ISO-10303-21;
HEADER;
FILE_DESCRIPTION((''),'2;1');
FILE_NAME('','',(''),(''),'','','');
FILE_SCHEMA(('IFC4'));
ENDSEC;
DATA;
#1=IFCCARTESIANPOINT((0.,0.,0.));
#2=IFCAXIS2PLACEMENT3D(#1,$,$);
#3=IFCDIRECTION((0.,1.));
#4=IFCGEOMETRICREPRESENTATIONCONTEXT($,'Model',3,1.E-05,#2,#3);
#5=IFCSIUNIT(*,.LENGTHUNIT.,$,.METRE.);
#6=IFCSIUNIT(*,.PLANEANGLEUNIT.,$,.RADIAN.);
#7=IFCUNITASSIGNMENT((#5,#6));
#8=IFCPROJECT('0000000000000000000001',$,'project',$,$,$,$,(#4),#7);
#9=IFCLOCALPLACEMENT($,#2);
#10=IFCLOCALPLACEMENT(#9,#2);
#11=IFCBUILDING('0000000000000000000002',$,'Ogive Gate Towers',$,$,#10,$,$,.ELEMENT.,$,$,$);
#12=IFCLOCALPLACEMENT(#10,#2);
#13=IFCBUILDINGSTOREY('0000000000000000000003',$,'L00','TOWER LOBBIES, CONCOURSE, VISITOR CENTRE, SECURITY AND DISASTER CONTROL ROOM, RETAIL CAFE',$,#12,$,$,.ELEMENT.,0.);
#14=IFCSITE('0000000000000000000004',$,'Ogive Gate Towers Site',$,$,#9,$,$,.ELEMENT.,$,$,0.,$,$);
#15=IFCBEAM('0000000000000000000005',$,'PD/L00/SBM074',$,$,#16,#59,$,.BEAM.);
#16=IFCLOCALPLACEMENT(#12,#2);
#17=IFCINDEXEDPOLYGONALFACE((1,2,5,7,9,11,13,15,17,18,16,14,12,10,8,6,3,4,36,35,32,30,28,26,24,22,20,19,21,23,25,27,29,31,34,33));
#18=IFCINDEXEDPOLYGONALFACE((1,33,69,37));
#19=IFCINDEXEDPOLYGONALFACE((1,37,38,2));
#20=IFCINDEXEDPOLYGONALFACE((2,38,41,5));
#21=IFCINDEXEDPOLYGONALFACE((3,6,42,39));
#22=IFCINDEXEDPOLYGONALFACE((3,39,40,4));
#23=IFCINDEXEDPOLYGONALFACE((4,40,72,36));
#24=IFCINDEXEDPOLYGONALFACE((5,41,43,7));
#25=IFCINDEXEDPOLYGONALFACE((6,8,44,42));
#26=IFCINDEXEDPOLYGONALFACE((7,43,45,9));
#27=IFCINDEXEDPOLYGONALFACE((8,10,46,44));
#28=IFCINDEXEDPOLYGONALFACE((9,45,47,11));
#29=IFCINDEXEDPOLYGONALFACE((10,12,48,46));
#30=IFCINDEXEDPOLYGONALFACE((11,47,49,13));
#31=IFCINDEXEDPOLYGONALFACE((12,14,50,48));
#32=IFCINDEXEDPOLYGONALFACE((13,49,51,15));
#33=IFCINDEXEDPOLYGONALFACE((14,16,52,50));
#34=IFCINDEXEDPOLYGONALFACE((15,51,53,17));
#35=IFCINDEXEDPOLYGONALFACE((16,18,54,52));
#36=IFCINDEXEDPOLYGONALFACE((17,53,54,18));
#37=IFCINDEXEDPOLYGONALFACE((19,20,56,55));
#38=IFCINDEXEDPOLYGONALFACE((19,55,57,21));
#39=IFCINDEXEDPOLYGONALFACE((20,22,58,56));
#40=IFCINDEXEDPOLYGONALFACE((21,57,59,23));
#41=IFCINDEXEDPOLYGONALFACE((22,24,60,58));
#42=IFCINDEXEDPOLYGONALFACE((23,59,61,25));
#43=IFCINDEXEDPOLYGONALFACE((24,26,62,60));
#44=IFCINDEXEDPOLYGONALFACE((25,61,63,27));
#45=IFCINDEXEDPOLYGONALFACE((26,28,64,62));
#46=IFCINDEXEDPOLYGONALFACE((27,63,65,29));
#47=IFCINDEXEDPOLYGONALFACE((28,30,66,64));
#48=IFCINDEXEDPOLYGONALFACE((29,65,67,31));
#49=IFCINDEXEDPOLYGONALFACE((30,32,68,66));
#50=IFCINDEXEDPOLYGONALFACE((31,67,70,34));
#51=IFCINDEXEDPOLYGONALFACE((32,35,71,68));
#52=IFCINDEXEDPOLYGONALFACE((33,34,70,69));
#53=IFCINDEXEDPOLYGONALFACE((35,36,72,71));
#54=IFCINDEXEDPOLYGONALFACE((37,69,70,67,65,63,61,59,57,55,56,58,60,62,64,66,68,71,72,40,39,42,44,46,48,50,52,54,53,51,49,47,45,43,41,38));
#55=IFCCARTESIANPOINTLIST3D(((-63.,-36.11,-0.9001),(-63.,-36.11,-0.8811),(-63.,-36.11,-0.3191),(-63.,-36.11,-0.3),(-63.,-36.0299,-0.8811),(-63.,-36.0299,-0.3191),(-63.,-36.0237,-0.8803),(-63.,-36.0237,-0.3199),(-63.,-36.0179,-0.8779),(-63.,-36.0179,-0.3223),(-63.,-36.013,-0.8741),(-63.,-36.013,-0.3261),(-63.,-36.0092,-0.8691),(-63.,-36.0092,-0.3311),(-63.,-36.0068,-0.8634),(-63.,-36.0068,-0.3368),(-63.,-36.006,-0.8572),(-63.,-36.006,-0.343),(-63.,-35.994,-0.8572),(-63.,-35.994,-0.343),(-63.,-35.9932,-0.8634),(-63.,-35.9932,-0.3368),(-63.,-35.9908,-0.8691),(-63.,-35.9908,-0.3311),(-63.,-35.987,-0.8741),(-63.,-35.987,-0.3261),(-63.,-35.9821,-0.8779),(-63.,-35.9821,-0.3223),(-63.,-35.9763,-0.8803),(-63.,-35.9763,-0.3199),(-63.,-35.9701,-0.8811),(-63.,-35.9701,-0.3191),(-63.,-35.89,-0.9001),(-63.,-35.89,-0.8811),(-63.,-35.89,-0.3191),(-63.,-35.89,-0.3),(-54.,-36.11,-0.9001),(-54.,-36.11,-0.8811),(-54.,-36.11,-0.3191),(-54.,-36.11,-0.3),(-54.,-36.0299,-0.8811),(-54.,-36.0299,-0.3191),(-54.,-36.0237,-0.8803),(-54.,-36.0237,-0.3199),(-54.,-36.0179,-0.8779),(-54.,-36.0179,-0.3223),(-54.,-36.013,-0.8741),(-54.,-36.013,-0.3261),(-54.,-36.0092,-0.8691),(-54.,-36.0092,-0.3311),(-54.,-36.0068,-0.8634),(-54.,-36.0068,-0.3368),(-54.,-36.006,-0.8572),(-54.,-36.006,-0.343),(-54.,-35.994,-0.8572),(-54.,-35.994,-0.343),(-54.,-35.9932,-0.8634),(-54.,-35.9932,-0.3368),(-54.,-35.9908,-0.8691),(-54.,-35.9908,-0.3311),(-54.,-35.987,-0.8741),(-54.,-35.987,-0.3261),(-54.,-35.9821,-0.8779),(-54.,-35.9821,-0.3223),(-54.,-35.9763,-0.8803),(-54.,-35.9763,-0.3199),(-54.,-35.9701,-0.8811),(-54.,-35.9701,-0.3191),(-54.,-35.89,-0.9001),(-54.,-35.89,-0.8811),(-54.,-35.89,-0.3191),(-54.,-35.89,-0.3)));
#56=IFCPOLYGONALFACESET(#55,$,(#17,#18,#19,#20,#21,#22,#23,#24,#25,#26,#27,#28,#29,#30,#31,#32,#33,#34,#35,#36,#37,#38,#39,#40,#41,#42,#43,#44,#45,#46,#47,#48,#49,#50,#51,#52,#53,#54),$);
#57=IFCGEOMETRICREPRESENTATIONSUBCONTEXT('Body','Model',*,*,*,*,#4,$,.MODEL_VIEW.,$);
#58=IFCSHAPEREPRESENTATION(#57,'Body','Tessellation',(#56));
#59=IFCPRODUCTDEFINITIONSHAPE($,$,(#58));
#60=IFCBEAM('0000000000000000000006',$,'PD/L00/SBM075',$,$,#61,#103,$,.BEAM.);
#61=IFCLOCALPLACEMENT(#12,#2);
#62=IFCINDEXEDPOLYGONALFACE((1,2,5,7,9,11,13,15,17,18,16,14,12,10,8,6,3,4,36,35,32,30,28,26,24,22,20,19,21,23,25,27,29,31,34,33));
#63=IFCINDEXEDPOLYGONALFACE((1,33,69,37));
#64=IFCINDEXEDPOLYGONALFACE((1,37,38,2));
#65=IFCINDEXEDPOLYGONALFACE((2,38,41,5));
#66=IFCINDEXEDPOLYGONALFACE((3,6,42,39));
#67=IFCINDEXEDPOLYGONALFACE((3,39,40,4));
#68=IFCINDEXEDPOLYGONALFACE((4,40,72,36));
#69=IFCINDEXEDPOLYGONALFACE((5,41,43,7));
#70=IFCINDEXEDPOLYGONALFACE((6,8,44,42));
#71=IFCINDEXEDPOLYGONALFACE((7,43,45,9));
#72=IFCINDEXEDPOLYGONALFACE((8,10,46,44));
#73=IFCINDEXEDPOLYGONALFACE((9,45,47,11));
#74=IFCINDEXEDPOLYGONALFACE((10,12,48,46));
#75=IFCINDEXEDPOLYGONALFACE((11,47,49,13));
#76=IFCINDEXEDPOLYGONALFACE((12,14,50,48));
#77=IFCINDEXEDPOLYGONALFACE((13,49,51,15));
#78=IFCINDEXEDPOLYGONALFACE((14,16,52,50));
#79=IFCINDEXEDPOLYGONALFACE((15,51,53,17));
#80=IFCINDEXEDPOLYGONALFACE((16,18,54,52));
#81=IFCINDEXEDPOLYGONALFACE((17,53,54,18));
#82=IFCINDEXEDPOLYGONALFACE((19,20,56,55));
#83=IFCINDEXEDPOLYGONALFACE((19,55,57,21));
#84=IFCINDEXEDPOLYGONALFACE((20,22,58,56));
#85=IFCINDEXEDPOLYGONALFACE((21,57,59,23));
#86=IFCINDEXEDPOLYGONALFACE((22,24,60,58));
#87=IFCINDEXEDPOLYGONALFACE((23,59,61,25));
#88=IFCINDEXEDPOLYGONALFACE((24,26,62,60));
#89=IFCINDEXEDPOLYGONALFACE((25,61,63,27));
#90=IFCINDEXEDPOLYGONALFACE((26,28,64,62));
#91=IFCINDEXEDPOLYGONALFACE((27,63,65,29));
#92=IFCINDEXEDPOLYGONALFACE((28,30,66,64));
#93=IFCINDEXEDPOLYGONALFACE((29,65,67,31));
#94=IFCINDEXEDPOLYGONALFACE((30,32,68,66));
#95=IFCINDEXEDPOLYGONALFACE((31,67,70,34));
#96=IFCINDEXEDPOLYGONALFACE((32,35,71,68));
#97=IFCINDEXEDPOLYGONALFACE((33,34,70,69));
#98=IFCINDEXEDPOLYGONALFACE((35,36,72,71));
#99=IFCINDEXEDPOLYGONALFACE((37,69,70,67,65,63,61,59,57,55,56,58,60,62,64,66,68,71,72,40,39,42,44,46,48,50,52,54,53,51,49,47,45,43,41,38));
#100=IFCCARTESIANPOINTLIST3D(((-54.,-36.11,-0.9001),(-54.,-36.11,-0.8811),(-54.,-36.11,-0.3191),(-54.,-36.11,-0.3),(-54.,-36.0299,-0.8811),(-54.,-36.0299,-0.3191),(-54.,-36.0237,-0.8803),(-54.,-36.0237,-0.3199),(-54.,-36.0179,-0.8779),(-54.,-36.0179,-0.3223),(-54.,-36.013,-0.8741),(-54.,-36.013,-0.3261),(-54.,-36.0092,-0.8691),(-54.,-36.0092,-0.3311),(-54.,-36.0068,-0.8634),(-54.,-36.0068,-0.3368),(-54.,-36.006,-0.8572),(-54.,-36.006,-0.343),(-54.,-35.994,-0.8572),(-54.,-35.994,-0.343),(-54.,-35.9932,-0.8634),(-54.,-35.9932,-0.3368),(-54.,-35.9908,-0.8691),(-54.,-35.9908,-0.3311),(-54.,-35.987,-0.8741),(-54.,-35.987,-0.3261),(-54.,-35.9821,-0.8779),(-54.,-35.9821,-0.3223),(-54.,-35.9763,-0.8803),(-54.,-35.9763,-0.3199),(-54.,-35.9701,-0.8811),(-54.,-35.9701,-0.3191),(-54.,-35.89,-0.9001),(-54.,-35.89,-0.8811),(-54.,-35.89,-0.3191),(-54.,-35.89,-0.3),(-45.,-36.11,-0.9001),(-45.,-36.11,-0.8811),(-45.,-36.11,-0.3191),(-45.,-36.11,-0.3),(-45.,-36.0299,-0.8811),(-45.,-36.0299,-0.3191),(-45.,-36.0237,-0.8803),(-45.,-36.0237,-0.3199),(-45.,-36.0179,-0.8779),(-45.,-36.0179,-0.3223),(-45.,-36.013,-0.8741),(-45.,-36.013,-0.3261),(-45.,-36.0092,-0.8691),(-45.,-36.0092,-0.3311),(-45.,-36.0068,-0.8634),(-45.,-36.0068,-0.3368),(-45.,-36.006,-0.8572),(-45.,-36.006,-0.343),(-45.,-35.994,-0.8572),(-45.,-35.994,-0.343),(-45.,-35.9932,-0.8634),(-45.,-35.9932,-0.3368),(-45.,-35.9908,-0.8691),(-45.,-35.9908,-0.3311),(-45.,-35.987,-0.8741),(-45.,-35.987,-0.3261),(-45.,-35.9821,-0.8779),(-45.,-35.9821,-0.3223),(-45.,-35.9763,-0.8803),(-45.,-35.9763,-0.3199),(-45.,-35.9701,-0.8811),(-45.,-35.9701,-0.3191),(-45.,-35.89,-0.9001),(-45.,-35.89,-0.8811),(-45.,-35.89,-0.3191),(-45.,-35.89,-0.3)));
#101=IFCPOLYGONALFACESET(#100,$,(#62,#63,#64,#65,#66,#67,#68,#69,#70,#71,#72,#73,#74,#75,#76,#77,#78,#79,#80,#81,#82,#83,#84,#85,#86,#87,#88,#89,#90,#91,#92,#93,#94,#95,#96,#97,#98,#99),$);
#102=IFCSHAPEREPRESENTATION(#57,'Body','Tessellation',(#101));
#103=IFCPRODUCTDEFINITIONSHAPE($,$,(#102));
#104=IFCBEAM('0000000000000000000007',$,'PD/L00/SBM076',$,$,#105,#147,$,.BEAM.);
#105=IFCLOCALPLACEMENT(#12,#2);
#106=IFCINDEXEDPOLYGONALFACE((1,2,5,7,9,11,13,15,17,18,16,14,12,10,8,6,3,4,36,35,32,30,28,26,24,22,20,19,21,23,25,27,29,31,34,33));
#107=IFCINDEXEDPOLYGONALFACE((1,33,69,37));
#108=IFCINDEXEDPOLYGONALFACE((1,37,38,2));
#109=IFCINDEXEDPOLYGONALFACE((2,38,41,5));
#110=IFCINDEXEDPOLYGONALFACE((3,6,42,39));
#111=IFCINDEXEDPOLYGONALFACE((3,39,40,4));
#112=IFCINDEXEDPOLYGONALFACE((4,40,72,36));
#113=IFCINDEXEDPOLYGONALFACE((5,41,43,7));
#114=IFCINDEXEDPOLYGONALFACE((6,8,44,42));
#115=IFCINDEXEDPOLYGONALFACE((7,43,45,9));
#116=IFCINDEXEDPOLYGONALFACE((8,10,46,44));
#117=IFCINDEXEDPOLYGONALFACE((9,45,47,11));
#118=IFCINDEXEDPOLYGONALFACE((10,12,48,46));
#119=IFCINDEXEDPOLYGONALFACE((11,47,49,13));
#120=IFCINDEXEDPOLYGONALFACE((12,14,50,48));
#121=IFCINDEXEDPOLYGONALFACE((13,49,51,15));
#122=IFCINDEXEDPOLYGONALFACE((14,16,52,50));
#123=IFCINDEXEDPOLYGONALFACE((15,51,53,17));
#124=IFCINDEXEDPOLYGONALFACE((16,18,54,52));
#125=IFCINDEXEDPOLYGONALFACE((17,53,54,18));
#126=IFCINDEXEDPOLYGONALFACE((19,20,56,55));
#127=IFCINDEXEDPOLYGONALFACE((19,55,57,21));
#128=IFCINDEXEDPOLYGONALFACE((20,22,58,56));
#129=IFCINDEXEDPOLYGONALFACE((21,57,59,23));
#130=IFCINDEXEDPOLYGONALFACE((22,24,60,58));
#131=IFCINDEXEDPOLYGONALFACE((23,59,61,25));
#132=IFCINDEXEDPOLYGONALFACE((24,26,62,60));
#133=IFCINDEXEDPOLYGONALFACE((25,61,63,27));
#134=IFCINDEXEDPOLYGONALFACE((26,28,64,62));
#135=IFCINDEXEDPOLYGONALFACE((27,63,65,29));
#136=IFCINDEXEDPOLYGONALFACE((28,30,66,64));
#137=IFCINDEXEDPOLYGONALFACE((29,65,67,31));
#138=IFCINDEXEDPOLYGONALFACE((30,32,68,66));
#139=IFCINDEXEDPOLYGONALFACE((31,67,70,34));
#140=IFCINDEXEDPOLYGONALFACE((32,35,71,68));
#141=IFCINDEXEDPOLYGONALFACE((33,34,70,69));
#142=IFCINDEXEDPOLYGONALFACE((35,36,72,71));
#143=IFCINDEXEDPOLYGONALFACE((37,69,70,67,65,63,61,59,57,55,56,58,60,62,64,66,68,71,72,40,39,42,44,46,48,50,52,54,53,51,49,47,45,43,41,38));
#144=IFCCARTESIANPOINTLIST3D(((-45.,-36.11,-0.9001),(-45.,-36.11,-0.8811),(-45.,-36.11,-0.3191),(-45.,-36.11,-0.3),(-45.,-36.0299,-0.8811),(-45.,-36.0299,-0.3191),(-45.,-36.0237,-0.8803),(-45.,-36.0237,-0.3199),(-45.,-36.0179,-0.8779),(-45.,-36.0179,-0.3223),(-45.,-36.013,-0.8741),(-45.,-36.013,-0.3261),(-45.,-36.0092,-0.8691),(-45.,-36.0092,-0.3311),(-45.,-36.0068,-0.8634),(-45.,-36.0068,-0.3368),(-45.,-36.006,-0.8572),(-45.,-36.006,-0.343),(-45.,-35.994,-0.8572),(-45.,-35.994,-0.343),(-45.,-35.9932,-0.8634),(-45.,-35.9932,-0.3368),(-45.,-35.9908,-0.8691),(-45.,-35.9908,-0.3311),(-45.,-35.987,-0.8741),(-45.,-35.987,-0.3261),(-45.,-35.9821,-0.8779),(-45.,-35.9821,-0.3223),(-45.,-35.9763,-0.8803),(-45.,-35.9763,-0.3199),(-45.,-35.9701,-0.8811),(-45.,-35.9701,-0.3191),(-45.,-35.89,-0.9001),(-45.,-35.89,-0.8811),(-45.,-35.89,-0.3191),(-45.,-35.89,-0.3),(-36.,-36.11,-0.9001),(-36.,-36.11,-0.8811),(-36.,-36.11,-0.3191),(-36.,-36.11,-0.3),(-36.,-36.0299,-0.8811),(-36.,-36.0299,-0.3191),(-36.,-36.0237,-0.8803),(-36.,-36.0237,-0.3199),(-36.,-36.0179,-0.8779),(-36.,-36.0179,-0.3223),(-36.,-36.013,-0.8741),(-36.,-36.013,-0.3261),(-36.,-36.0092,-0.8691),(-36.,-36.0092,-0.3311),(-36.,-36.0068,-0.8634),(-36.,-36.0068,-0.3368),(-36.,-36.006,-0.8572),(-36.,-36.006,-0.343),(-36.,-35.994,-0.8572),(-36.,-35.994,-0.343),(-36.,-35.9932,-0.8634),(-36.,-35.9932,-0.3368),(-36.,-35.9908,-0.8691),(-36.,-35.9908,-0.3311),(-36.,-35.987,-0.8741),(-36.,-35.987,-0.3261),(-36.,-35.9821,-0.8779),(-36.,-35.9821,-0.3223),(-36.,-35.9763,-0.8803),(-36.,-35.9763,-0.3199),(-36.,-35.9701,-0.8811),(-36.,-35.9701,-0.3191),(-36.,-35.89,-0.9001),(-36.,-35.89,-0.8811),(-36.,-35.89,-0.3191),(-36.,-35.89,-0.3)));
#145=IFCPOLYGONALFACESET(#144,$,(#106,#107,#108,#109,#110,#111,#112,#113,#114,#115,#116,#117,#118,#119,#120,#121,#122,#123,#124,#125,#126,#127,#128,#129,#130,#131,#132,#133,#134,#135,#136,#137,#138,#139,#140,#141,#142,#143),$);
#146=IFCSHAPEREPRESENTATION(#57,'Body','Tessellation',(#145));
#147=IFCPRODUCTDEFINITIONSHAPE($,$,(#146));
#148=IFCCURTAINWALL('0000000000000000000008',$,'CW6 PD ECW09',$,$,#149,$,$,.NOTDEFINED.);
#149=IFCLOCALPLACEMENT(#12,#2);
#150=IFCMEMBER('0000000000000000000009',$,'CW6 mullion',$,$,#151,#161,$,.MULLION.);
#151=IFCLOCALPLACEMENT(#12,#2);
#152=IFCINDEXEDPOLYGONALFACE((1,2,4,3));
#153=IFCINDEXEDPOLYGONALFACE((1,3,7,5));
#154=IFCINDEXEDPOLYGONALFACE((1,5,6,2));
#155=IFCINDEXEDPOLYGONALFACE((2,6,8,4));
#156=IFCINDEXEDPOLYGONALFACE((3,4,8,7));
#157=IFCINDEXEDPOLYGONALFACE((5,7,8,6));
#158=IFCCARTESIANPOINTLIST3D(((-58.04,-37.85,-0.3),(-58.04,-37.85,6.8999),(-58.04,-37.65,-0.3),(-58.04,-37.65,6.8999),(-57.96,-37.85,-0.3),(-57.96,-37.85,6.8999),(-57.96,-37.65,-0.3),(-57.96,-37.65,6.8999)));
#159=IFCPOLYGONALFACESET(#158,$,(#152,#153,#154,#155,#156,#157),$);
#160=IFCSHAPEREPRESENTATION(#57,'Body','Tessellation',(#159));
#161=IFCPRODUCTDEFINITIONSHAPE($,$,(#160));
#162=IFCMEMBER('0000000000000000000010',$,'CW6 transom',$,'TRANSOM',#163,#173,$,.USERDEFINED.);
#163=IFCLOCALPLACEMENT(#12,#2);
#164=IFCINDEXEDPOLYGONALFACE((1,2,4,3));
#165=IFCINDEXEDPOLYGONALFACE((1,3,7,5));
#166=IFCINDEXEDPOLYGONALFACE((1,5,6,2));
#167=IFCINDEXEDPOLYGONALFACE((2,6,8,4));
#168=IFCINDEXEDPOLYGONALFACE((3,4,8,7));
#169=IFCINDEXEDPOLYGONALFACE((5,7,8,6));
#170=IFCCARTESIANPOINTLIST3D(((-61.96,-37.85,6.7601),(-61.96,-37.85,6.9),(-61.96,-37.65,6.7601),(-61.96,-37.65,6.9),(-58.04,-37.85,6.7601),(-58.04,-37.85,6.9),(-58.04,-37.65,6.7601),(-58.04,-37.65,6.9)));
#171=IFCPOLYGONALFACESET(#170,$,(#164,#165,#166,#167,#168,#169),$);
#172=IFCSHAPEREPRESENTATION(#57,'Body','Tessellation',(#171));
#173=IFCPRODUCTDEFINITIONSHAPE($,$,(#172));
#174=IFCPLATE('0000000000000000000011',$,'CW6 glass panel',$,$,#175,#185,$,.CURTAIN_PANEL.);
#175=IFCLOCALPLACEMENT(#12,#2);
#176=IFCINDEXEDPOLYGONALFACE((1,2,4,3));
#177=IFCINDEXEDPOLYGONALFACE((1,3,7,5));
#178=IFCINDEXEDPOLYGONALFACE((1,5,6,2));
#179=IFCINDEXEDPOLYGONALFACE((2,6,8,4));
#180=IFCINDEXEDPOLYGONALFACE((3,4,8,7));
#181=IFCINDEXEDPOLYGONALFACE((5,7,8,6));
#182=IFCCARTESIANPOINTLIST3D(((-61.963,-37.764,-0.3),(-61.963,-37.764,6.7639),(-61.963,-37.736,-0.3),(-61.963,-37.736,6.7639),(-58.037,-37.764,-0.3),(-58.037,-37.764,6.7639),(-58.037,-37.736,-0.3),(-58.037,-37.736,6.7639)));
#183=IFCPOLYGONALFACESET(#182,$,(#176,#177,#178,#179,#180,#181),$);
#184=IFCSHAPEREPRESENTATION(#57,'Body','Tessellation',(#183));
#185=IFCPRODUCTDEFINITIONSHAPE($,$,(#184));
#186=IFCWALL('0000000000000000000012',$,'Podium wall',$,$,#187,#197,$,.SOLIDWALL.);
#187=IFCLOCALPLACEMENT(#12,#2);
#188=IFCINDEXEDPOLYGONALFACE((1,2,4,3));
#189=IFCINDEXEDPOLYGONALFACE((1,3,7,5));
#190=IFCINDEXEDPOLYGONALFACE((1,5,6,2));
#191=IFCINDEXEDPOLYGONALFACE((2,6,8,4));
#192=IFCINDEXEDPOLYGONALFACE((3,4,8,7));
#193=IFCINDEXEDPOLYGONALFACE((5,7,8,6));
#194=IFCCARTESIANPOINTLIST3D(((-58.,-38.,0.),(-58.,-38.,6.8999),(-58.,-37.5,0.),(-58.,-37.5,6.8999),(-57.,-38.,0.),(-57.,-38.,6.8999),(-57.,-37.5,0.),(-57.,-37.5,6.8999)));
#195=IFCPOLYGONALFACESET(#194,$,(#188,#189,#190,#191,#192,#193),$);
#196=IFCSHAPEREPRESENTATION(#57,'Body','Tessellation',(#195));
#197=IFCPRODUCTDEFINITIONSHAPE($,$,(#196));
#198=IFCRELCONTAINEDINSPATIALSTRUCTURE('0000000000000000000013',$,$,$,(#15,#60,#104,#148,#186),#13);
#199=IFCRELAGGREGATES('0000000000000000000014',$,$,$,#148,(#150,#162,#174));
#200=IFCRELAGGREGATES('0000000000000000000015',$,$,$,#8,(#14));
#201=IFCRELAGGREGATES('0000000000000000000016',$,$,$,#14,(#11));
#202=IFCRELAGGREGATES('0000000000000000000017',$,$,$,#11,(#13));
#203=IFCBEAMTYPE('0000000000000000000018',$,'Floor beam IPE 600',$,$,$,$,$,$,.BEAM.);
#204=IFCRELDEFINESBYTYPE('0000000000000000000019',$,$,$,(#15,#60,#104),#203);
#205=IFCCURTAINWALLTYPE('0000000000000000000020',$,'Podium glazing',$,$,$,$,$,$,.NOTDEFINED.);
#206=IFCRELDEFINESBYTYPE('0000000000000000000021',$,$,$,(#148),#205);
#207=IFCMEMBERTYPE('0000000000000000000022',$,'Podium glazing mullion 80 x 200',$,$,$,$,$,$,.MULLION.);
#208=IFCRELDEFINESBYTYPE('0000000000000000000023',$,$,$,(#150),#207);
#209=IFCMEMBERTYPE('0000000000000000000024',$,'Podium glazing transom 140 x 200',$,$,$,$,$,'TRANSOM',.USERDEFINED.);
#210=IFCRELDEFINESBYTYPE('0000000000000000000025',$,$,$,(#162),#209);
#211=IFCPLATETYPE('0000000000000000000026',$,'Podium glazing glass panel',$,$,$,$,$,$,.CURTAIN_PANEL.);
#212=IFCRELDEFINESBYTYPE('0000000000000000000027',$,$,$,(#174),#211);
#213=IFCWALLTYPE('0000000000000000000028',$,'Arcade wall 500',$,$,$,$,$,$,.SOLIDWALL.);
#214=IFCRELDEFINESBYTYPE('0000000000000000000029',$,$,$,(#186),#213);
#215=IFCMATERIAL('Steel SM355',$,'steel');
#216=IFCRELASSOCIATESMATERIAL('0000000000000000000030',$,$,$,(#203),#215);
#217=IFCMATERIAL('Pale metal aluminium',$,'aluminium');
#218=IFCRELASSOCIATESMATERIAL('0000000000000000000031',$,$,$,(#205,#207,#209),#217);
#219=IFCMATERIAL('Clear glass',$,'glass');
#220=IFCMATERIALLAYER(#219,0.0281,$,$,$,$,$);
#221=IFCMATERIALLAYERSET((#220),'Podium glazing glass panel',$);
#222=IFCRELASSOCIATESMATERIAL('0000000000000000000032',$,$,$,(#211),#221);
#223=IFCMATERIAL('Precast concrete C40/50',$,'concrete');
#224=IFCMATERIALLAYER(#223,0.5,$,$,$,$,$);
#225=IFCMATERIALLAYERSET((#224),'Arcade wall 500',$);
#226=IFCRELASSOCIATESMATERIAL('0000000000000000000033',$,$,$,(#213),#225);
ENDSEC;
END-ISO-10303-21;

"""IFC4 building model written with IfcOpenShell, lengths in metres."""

from ifc_helpers import new_model, si_unit, direction, frame, frame_2d, origin, origin_2d, place, context, subcontext, project, spatial, rectangle, i_section, extrude, material, layer, layer_set, material_profile, profile_set, type_object, element, aggregate, save


model = new_model("IFC4")

# Units and contexts
model_context = context("Model", 3, precision=1e-05, world=origin(), true_north=direction((0.0, 1.0)))
body_context = subcontext(model_context, "Body", "Model", "MODEL_VIEW")
ifc_project = project(units=[si_unit("LENGTHUNIT", "METRE"), si_unit("PLANEANGLEUNIT", "RADIAN")], contexts=[model_context])

# Site, building, storey
site_placement = place(None, origin())
site = spatial("IfcSite", under=ifc_project, at=site_placement, Name="Ogive Gate Towers Site", CompositionType="ELEMENT", RefElevation=0.0)
building_placement = place(site_placement, origin())
building = spatial("IfcBuilding", under=site, at=building_placement, Name="Ogive Gate Towers", CompositionType="ELEMENT")
storey_placement = place(building_placement, origin())
storey = spatial("IfcBuildingStorey", under=building, at=storey_placement, Name="L00", Description="TOWER LOBBIES, CONCOURSE, VISITOR CENTRE, SECURITY AND DISASTER CONTROL ROOM, RETAIL CAFE", CompositionType="ELEMENT", Elevation=0.0)

# Beams
ifc_material_1 = material(Name="Steel SM355", Category="steel")
ifc_material_profile_1 = material_profile(ifc_material_1, i_section(OverallWidth=0.22, OverallDepth=0.6001, WebThickness=0.012, FlangeThickness=0.019, FilletRadius=0.0239, at=origin_2d()), Name="IPE 600")
ifc_profile_set_1 = profile_set([ifc_material_profile_1], Name="Steel SM355")
beam_type = type_object("IfcBeamType", Name="Floor beam IPE 600", PredefinedType="BEAM", material=ifc_profile_set_1)
for number, where, z_axis, x_axis, name in (
    (1, (-63.0, -36.0, -0.6001), (1.0, 0.0, 0.0), (0.0, 1.0, 0.0), "PD/L00/SBM074"),
    (2, (-54.0, -36.0, -0.6001), (1.0, 0.0, 0.0), (0.0, 1.0, 0.0), "PD/L00/SBM075"),
    (3, (-45.0, -36.0, -0.6001), (1.0, 0.0, 0.0), (0.0, 1.0, 0.0), "PD/L00/SBM076"),
):
    element("IfcBeam", number, at=place(storey_placement, frame(where, z_axis=z_axis, x_axis=x_axis)), inside=storey, type_object=beam_type, Name=name, PredefinedType="BEAM", context=body_context, shape_type="SweptSolid", body=[
        extrude(i_section(OverallWidth=0.22, OverallDepth=0.6001, WebThickness=0.012, FlangeThickness=0.019, FilletRadius=0.0239, at=origin_2d()), origin(), (0.0, 0.0, 1.0), 9.0),
    ])

# Curtain wall, members, plate
ifc_material_2 = material(Name="Pale metal aluminium", Category="aluminium")
curtain_wall_type = type_object("IfcCurtainWallType", Name="Podium glazing", PredefinedType="NOTDEFINED", material=ifc_material_2)
curtain_wall_placement = place(storey_placement, origin())
curtain_wall = element("IfcCurtainWall", 4, at=curtain_wall_placement, inside=storey, type_object=curtain_wall_type, Name="CW6 PD ECW09", PredefinedType="NOTDEFINED")
ifc_material_profile_2 = material_profile(ifc_material_2, rectangle(XDim=0.2, YDim=0.0801, at=origin_2d()), Name="80 x 200 aluminium box")
ifc_profile_set_2 = profile_set([ifc_material_profile_2], Name="Pale metal aluminium")
member_type_1 = type_object("IfcMemberType", Name="Podium glazing mullion 80 x 200", PredefinedType="MULLION", material=ifc_profile_set_2)
member_1_placement = place(storey_placement, frame((-58.0, -37.75, -0.3), z_axis=(0.0, 0.0, 1.0), x_axis=(0.0, -1.0, 0.0)))
member_1 = element("IfcMember", 5, at=member_1_placement, type_object=member_type_1, Name="CW6 mullion", PredefinedType="MULLION", context=body_context, shape_type="SweptSolid", body=[
    extrude(rectangle(XDim=0.2, YDim=0.0801, at=origin_2d()), origin(), (0.0, 0.0, 1.0), 7.2),
])
ifc_material_profile_3 = material_profile(ifc_material_2, rectangle(XDim=0.2, YDim=0.1399, at=origin_2d()), Name="140 x 200 aluminium box")
ifc_profile_set_3 = profile_set([ifc_material_profile_3], Name="Pale metal aluminium")
member_type_2 = type_object("IfcMemberType", Name="Podium glazing transom 140 x 200", ElementType="TRANSOM", PredefinedType="USERDEFINED", material=ifc_profile_set_3)
member_2_placement = place(storey_placement, frame((-61.96, -37.75, 6.8301), z_axis=(1.0, 0.0, 0.0), x_axis=(0.0, 1.0, 0.0)))
member_2 = element("IfcMember", 6, at=member_2_placement, type_object=member_type_2, Name="CW6 transom", ObjectType="TRANSOM", PredefinedType="USERDEFINED", context=body_context, shape_type="SweptSolid", body=[
    extrude(rectangle(XDim=0.2, YDim=0.1399, at=origin_2d()), origin(), (0.0, 0.0, 1.0), 3.9199),
])
ifc_material_3 = material(Name="Clear glass", Category="glass")
ifc_layer_1 = layer(ifc_material_3, 0.0281)
ifc_layer_set_1 = layer_set([ifc_layer_1], Name="Podium glazing glass panel")
plate_type = type_object("IfcPlateType", Name="Podium glazing glass panel", PredefinedType="CURTAIN_PANEL", material=ifc_layer_set_1)
plate_placement = place(storey_placement, frame((-60.0, -37.75, -0.3), z_axis=(0.0, 0.0, 1.0), x_axis=(1.0, 0.0, 0.0)))
plate = element("IfcPlate", 7, at=plate_placement, type_object=plate_type, Name="CW6 glass panel", PredefinedType="CURTAIN_PANEL", context=body_context, shape_type="SweptSolid", body=[
    extrude(rectangle(XDim=3.926, YDim=0.0281, at=origin_2d()), origin(), (0.0, 0.0, 1.0), 7.064),
])
aggregate(curtain_wall, [member_1, member_2, plate])

# Wall
ifc_material_4 = material(Name="Precast concrete C40/50", Category="concrete")
ifc_layer_2 = layer(ifc_material_4, 0.5)
ifc_layer_set_2 = layer_set([ifc_layer_2], Name="Arcade wall 500")
wall_type_1 = type_object("IfcWallType", Name="Arcade wall 500", PredefinedType="SOLIDWALL", material=ifc_layer_set_2)
wall_1_placement = place(storey_placement, frame((-58.0, -37.75, 0.0), z_axis=(0.0, 0.0, 1.0), x_axis=(1.0, 0.0, 0.0)))
element("IfcWall", 8, at=wall_1_placement, inside=storey, type_object=wall_type_1, Name="Podium wall", PredefinedType="SOLIDWALL", context=body_context, shape_type="SweptSolid", body=[
    extrude(rectangle(XDim=1.0, YDim=0.5, at=frame_2d((0.5, 0.0))), origin(), (0.0, 0.0, 1.0), 6.8999),
])

save(model, "model.ifc")
